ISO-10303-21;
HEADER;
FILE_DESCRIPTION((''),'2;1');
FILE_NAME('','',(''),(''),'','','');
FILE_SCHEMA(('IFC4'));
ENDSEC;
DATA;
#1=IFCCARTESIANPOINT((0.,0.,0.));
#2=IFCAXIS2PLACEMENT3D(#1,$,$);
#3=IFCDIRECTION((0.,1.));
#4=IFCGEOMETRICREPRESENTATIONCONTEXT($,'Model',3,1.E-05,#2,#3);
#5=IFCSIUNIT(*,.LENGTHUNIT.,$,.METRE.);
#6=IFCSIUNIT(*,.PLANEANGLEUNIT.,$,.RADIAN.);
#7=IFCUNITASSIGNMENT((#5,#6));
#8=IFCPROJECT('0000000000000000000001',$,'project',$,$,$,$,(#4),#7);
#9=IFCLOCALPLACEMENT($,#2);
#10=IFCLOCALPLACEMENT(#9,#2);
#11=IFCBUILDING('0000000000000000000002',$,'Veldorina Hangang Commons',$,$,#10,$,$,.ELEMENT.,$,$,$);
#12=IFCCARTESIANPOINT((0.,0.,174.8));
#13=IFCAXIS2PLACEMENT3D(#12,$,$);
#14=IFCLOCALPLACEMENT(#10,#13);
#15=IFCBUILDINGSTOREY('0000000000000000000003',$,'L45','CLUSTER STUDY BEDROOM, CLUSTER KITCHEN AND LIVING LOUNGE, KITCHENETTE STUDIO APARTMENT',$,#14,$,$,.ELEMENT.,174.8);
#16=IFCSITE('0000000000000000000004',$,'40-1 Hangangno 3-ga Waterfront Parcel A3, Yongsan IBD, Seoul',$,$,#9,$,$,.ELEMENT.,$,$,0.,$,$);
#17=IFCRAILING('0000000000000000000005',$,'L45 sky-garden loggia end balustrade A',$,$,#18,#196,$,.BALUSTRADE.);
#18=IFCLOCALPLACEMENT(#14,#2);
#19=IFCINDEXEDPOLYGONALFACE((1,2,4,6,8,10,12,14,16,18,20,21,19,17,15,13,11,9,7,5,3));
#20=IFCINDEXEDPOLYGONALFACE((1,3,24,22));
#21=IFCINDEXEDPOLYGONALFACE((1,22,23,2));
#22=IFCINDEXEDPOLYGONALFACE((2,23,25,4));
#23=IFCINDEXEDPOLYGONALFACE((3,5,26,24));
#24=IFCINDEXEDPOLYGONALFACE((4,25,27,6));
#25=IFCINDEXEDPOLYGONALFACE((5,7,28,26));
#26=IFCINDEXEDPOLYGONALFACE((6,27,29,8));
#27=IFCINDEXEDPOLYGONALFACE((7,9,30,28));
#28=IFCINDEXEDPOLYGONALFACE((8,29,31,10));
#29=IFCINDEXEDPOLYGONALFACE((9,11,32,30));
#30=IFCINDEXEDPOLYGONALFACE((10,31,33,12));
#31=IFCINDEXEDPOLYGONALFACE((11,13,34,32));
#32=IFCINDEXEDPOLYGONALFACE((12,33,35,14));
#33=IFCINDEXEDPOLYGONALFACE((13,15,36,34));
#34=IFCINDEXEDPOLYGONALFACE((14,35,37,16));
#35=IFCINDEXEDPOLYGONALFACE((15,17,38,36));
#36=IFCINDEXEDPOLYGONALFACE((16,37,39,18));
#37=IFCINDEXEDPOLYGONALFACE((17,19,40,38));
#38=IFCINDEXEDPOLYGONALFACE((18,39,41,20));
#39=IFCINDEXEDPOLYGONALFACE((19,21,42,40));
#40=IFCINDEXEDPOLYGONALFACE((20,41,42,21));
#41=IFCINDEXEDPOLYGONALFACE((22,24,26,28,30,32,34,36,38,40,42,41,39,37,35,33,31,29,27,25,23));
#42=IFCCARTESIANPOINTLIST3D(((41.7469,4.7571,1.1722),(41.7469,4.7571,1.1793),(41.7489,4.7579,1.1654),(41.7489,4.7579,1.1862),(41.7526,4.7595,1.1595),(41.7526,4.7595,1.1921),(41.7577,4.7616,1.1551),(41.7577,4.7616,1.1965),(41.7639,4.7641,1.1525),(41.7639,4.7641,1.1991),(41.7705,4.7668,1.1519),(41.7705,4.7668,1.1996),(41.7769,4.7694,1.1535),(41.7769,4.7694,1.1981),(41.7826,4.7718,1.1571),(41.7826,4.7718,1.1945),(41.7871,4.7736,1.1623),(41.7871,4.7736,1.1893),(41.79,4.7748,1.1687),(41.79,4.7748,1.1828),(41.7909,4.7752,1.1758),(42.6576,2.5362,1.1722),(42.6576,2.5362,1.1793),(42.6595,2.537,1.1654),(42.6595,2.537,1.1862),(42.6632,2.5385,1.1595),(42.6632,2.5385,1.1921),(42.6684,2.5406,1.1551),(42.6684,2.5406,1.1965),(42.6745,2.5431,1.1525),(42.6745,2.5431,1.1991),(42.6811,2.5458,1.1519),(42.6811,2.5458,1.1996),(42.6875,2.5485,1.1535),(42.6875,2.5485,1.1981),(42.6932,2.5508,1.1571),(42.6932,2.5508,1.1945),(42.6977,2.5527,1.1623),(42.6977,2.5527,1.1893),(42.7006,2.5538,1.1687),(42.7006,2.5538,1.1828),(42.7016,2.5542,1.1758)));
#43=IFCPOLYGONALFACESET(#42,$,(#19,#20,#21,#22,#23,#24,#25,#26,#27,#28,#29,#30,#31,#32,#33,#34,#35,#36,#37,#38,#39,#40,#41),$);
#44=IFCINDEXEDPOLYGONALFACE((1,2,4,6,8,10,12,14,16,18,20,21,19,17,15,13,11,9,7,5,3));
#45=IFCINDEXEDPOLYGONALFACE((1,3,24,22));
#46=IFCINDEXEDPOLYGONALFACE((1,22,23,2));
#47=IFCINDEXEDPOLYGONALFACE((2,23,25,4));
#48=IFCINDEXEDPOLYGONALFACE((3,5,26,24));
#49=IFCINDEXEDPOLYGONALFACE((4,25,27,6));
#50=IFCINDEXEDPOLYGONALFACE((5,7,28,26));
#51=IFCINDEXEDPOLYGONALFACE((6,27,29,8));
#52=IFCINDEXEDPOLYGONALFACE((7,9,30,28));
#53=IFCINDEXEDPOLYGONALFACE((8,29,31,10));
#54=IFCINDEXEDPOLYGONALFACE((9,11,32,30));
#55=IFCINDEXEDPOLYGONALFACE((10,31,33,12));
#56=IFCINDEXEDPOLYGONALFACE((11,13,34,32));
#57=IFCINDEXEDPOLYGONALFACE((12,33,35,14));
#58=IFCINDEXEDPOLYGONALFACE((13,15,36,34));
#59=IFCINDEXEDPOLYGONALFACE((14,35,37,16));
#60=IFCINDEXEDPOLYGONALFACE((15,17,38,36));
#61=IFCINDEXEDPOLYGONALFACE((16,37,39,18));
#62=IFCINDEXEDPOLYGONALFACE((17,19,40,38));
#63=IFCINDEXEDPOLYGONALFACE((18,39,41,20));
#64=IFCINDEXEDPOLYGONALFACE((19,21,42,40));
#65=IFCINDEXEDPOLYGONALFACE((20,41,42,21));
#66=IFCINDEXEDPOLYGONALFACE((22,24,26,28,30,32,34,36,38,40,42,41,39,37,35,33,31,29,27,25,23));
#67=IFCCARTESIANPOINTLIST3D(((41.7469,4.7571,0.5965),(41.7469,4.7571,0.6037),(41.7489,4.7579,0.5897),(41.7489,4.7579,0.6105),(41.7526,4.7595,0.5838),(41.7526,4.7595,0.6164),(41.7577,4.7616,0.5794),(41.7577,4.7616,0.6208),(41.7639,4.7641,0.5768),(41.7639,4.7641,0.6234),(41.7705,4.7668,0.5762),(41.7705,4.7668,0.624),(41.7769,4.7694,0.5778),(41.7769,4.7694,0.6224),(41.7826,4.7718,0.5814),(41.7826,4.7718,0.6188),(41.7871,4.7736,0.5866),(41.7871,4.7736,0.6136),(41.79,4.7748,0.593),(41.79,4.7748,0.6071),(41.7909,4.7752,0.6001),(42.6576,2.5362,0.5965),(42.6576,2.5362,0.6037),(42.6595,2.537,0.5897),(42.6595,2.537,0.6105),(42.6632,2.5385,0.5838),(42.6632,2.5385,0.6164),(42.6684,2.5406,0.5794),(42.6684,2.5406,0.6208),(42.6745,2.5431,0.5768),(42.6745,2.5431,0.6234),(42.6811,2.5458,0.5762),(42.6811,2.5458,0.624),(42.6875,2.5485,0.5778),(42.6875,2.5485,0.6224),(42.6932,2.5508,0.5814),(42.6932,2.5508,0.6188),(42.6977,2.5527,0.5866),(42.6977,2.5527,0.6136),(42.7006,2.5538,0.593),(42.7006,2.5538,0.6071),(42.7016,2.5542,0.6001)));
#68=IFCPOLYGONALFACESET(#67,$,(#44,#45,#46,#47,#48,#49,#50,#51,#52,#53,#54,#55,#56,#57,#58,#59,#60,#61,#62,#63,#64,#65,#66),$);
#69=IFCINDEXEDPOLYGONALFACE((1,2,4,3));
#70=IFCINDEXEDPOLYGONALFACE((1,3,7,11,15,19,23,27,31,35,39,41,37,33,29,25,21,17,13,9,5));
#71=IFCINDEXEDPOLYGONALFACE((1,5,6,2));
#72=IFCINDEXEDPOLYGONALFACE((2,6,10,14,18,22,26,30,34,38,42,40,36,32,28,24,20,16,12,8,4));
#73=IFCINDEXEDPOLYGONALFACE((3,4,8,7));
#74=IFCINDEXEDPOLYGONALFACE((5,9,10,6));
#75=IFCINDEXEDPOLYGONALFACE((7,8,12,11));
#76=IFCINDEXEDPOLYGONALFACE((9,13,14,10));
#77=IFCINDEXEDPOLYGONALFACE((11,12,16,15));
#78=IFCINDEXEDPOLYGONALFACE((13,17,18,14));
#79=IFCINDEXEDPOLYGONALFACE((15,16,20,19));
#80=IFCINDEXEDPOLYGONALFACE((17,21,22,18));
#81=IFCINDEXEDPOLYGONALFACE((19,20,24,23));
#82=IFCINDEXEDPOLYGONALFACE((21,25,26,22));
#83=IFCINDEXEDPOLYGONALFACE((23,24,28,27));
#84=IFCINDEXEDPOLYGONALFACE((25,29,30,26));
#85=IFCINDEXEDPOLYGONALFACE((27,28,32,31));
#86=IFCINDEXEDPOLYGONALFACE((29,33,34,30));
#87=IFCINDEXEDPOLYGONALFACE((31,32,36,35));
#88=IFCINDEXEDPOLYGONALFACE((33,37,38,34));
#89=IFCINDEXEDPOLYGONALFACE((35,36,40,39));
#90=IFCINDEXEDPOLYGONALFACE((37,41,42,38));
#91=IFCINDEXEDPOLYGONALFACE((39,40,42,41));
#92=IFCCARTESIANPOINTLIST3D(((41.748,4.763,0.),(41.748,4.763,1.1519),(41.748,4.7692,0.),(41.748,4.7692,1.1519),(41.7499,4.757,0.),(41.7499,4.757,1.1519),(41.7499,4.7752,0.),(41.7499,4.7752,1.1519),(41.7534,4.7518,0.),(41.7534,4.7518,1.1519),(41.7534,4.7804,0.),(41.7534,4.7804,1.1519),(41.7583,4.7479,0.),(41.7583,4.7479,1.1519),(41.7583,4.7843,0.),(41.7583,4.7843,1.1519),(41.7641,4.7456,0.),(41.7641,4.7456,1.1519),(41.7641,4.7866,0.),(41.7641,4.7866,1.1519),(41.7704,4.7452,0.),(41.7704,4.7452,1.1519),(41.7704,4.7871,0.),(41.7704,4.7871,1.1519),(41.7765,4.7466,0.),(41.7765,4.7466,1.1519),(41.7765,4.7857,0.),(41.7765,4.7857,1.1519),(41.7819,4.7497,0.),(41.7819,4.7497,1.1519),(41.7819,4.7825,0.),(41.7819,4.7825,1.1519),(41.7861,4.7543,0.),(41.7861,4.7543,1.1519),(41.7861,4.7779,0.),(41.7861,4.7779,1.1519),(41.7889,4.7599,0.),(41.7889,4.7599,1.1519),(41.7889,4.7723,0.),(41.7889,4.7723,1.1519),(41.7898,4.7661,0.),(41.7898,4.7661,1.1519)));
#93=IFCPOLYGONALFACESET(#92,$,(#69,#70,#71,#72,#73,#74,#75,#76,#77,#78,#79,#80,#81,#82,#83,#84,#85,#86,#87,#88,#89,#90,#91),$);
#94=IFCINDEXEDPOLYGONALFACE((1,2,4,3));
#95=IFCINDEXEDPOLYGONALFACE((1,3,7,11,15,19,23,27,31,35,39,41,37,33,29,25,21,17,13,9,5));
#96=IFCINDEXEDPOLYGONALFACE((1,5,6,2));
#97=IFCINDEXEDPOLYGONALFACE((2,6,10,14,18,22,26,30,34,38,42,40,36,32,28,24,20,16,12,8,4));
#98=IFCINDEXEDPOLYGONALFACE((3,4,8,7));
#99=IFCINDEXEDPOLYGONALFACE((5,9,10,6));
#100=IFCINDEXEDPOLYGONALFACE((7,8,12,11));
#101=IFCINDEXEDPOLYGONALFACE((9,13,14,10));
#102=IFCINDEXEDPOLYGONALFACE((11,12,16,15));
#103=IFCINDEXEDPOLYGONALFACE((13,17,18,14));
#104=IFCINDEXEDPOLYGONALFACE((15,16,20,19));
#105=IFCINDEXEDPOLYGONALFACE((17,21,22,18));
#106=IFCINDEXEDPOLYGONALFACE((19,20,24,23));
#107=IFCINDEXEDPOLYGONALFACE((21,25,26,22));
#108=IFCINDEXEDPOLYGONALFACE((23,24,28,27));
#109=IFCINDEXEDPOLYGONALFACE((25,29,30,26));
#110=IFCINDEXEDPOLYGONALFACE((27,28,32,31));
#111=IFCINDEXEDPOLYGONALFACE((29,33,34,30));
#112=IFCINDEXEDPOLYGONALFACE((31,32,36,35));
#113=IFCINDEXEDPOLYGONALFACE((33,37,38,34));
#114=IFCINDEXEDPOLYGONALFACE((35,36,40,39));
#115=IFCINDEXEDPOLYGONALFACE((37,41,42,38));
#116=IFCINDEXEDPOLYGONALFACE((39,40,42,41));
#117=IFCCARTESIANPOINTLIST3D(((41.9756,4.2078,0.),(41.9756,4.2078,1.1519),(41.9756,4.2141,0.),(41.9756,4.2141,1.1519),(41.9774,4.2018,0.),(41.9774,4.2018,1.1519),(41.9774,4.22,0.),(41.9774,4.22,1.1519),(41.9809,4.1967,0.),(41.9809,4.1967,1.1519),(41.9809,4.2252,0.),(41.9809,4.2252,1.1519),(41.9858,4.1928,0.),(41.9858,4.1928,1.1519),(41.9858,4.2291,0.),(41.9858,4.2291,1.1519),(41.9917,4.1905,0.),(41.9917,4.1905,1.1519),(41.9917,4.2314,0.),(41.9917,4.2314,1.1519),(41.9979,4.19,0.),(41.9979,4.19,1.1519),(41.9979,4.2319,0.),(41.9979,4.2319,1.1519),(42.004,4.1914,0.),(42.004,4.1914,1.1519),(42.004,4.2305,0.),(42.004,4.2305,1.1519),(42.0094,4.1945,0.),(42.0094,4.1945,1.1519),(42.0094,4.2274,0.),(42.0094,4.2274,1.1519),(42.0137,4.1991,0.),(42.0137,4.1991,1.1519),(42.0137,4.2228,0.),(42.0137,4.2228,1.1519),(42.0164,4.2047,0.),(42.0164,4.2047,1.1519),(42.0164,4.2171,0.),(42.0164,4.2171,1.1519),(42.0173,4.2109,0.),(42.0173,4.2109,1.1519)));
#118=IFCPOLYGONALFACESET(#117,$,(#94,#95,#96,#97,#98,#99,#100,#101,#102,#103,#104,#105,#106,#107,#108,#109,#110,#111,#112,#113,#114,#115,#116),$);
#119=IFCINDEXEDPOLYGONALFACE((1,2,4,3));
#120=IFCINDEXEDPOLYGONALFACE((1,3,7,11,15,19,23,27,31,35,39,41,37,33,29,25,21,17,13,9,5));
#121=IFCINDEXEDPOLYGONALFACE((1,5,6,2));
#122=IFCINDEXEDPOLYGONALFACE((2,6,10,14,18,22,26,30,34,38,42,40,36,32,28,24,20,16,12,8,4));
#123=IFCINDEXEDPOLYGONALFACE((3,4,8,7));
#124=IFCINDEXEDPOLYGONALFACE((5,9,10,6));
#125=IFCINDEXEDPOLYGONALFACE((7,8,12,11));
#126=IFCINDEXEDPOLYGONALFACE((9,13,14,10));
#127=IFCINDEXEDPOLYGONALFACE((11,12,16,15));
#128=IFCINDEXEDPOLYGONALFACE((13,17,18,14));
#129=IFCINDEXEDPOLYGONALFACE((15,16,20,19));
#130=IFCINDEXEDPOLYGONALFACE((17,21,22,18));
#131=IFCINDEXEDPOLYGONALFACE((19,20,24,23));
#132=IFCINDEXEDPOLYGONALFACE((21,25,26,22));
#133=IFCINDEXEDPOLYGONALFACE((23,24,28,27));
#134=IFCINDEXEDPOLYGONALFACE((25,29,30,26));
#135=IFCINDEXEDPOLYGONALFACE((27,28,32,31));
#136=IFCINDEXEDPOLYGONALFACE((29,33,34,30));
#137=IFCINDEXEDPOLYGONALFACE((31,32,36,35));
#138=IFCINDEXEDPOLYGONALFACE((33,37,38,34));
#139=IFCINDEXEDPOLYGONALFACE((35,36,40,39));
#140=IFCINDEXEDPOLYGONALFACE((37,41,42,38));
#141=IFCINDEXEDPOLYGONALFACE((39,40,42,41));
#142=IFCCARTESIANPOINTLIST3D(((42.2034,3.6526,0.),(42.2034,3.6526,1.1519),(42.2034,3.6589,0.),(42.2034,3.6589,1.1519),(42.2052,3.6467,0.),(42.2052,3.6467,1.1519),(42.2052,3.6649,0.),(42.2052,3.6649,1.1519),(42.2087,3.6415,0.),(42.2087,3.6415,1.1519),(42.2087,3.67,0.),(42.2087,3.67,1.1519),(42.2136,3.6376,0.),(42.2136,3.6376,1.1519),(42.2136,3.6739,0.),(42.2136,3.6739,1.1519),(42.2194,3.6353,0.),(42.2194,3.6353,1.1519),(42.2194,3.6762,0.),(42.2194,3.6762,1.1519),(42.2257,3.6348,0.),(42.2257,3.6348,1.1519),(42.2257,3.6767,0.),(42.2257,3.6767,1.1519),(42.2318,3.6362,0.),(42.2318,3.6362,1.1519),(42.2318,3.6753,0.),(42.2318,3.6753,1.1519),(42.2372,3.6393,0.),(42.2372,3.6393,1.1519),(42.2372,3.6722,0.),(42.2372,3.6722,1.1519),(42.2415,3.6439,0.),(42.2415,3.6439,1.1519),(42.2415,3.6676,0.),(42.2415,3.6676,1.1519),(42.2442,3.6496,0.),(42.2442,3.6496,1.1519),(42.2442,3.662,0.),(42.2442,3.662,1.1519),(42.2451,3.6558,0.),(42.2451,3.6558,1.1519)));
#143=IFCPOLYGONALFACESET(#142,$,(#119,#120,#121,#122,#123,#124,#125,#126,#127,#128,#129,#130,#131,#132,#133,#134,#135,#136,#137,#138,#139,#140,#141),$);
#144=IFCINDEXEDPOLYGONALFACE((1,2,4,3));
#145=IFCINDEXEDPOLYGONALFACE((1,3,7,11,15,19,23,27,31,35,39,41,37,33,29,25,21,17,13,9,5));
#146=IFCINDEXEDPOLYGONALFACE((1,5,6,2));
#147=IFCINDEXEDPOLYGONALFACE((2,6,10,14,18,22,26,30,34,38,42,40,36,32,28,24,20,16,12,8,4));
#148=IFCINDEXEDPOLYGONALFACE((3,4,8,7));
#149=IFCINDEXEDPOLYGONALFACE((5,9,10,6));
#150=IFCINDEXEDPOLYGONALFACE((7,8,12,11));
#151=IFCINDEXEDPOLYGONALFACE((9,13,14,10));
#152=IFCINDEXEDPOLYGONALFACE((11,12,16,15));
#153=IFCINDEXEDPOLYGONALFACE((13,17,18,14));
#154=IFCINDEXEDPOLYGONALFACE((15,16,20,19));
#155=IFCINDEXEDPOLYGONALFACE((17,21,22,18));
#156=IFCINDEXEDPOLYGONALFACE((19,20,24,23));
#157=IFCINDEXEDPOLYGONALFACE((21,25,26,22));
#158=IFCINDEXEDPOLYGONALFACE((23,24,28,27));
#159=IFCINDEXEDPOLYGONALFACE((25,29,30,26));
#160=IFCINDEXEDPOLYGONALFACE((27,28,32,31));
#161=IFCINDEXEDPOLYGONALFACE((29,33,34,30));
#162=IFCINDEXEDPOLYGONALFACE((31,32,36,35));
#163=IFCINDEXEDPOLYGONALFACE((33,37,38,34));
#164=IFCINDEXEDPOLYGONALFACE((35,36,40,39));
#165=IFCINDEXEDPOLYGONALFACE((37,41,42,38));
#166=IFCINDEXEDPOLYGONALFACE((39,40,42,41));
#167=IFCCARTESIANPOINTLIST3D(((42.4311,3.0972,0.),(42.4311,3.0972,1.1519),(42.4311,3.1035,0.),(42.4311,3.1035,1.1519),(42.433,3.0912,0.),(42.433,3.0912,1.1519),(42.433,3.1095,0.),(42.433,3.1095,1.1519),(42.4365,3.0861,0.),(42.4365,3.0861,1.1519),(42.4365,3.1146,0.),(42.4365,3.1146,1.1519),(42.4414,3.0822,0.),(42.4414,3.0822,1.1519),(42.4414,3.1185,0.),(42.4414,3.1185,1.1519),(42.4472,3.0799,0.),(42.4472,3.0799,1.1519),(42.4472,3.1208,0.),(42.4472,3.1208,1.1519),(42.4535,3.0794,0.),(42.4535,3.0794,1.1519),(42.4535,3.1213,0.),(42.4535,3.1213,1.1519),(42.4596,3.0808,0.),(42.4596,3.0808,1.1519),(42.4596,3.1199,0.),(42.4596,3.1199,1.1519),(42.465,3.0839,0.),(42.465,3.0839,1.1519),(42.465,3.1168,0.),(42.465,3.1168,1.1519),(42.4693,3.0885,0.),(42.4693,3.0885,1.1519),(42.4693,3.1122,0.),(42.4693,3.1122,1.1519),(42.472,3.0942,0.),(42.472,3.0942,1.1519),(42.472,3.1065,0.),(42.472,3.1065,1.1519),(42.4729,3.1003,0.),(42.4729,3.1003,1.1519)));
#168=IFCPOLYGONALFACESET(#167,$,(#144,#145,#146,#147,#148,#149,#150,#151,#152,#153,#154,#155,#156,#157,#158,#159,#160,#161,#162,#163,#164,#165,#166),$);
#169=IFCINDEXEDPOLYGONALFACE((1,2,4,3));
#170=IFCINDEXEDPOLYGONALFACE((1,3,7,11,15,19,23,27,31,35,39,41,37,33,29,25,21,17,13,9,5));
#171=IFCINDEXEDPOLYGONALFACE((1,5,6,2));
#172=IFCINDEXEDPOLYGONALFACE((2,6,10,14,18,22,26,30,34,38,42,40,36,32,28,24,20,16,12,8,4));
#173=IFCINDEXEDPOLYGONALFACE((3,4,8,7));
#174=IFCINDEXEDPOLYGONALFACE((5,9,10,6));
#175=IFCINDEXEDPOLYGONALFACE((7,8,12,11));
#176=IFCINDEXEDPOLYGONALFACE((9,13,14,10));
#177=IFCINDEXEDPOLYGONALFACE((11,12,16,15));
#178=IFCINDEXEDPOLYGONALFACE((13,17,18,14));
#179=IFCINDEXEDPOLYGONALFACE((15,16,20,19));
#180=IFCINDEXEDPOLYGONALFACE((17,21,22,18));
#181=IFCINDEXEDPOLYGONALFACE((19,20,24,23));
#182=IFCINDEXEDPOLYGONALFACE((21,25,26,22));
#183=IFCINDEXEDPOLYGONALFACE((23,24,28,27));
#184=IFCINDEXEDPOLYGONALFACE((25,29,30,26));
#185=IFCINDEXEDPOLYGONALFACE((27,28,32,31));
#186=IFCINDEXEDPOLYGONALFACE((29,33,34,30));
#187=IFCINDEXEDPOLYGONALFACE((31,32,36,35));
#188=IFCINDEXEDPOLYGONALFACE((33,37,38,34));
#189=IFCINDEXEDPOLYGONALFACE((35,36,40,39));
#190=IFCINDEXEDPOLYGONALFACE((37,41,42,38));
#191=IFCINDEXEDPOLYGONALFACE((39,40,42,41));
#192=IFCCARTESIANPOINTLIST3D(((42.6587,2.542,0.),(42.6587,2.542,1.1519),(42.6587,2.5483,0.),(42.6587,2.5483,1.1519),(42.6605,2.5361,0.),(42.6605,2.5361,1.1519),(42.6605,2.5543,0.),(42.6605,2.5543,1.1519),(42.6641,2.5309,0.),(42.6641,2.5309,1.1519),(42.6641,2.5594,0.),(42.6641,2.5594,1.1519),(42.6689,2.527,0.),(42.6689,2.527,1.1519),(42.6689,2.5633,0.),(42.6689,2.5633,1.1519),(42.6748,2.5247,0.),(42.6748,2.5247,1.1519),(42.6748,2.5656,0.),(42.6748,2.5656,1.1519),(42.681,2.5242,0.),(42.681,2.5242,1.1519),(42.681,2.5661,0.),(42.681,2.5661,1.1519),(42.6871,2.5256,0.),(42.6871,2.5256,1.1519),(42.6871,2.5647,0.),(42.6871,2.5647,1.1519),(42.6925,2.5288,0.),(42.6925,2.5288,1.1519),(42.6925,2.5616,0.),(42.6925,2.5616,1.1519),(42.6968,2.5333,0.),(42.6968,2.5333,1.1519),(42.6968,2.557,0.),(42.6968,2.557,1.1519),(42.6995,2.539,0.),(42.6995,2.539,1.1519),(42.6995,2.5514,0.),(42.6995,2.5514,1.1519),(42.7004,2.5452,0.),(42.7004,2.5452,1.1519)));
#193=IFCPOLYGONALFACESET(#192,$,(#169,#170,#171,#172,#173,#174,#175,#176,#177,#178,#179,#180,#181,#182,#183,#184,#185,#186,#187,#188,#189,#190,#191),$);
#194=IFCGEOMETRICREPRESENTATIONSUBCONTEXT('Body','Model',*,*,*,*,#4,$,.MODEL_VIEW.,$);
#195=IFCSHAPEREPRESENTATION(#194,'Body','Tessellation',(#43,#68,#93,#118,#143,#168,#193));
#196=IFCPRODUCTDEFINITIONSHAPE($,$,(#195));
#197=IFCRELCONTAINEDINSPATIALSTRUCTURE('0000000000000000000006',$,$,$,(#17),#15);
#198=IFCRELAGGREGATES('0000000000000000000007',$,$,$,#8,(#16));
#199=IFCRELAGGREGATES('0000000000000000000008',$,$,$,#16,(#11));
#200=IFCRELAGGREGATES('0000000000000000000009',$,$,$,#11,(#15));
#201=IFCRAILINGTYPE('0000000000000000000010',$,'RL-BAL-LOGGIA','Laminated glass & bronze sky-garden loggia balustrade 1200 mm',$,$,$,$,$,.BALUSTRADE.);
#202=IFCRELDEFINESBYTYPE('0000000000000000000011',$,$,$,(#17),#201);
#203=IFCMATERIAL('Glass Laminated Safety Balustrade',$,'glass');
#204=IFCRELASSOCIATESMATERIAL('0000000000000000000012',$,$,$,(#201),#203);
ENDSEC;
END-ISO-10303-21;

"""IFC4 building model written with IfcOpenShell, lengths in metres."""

from ifc_helpers import new_model, si_unit, direction, frame, origin, origin_2d, place, context, subcontext, project, spatial, circle, extrude, material, type_object, element, save


model = new_model("IFC4")

# Units and contexts
model_context = context("Model", 3, precision=1e-05, world=origin(), true_north=direction((0.0, 1.0)))
body_context = subcontext(model_context, "Body", "Model", "MODEL_VIEW")
ifc_project = project(units=[si_unit("LENGTHUNIT", "METRE"), si_unit("PLANEANGLEUNIT", "RADIAN")], contexts=[model_context])

# Site, building, storey
site_placement = place(None, origin())
site = spatial("IfcSite", under=ifc_project, at=site_placement, Name="40-1 Hangangno 3-ga Waterfront Parcel A3, Yongsan IBD, Seoul", CompositionType="ELEMENT", RefElevation=0.0)
building_placement = place(site_placement, origin())
building = spatial("IfcBuilding", under=site, at=building_placement, Name="Veldorina Hangang Commons", CompositionType="ELEMENT")
storey_placement = place(building_placement, frame((0.0, 0.0, 174.8)))
storey = spatial("IfcBuildingStorey", under=building, at=storey_placement, Name="L45", Description="CLUSTER STUDY BEDROOM, CLUSTER KITCHEN AND LIVING LOUNGE, KITCHENETTE STUDIO APARTMENT", CompositionType="ELEMENT", Elevation=174.8)

# Railing
ifc_material_1 = material(Name="Glass Laminated Safety Balustrade", Category="glass")
railing_type = type_object("IfcRailingType", Name="RL-BAL-LOGGIA", Description="Laminated glass & bronze sky-garden loggia balustrade 1200 mm", PredefinedType="BALUSTRADE", material=ifc_material_1)
railing_1_placement = place(storey_placement, frame((41.7688, 4.7661, 0.0)))
element("IfcRailing", 1, at=railing_1_placement, inside=storey, type_object=railing_type, Name="L45 sky-garden loggia end balustrade A", PredefinedType="BALUSTRADE", context=body_context, shape_type="SweptSolid", body=[
    extrude(circle(Radius=0.0239, at=origin_2d()), frame((0.0, 0.0, 1.1758), z_axis=(0.379373, -0.925244, 0.0), x_axis=(0.925244, 0.379373, 0.0)), (0.0, 0.0, 1.0), 2.4004),
    extrude(circle(Radius=0.0239, at=origin_2d()), frame((0.0, 0.0, 0.6001), z_axis=(0.379373, -0.925244, 0.0), x_axis=(0.925244, 0.379373, 0.0)), (0.0, 0.0, 1.0), 2.4004),
    extrude(circle(Radius=0.021, at=origin_2d()), origin(), (0.0, 0.0, 1.0), 1.1519),
    extrude(circle(Radius=0.021, at=origin_2d()), frame((0.2275, -0.5552, 0.0)), (0.0, 0.0, 1.0), 1.1519),
    extrude(circle(Radius=0.021, at=origin_2d()), frame((0.4553, -1.1104, 0.0)), (0.0, 0.0, 1.0), 1.1519),
    extrude(circle(Radius=0.021, at=origin_2d()), frame((0.6831, -1.6658, 0.0)), (0.0, 0.0, 1.0), 1.1519),
    extrude(circle(Radius=0.021, at=origin_2d()), frame((0.9106, -2.2209, 0.0)), (0.0, 0.0, 1.0), 1.1519),
])

save(model, "model.ifc")
